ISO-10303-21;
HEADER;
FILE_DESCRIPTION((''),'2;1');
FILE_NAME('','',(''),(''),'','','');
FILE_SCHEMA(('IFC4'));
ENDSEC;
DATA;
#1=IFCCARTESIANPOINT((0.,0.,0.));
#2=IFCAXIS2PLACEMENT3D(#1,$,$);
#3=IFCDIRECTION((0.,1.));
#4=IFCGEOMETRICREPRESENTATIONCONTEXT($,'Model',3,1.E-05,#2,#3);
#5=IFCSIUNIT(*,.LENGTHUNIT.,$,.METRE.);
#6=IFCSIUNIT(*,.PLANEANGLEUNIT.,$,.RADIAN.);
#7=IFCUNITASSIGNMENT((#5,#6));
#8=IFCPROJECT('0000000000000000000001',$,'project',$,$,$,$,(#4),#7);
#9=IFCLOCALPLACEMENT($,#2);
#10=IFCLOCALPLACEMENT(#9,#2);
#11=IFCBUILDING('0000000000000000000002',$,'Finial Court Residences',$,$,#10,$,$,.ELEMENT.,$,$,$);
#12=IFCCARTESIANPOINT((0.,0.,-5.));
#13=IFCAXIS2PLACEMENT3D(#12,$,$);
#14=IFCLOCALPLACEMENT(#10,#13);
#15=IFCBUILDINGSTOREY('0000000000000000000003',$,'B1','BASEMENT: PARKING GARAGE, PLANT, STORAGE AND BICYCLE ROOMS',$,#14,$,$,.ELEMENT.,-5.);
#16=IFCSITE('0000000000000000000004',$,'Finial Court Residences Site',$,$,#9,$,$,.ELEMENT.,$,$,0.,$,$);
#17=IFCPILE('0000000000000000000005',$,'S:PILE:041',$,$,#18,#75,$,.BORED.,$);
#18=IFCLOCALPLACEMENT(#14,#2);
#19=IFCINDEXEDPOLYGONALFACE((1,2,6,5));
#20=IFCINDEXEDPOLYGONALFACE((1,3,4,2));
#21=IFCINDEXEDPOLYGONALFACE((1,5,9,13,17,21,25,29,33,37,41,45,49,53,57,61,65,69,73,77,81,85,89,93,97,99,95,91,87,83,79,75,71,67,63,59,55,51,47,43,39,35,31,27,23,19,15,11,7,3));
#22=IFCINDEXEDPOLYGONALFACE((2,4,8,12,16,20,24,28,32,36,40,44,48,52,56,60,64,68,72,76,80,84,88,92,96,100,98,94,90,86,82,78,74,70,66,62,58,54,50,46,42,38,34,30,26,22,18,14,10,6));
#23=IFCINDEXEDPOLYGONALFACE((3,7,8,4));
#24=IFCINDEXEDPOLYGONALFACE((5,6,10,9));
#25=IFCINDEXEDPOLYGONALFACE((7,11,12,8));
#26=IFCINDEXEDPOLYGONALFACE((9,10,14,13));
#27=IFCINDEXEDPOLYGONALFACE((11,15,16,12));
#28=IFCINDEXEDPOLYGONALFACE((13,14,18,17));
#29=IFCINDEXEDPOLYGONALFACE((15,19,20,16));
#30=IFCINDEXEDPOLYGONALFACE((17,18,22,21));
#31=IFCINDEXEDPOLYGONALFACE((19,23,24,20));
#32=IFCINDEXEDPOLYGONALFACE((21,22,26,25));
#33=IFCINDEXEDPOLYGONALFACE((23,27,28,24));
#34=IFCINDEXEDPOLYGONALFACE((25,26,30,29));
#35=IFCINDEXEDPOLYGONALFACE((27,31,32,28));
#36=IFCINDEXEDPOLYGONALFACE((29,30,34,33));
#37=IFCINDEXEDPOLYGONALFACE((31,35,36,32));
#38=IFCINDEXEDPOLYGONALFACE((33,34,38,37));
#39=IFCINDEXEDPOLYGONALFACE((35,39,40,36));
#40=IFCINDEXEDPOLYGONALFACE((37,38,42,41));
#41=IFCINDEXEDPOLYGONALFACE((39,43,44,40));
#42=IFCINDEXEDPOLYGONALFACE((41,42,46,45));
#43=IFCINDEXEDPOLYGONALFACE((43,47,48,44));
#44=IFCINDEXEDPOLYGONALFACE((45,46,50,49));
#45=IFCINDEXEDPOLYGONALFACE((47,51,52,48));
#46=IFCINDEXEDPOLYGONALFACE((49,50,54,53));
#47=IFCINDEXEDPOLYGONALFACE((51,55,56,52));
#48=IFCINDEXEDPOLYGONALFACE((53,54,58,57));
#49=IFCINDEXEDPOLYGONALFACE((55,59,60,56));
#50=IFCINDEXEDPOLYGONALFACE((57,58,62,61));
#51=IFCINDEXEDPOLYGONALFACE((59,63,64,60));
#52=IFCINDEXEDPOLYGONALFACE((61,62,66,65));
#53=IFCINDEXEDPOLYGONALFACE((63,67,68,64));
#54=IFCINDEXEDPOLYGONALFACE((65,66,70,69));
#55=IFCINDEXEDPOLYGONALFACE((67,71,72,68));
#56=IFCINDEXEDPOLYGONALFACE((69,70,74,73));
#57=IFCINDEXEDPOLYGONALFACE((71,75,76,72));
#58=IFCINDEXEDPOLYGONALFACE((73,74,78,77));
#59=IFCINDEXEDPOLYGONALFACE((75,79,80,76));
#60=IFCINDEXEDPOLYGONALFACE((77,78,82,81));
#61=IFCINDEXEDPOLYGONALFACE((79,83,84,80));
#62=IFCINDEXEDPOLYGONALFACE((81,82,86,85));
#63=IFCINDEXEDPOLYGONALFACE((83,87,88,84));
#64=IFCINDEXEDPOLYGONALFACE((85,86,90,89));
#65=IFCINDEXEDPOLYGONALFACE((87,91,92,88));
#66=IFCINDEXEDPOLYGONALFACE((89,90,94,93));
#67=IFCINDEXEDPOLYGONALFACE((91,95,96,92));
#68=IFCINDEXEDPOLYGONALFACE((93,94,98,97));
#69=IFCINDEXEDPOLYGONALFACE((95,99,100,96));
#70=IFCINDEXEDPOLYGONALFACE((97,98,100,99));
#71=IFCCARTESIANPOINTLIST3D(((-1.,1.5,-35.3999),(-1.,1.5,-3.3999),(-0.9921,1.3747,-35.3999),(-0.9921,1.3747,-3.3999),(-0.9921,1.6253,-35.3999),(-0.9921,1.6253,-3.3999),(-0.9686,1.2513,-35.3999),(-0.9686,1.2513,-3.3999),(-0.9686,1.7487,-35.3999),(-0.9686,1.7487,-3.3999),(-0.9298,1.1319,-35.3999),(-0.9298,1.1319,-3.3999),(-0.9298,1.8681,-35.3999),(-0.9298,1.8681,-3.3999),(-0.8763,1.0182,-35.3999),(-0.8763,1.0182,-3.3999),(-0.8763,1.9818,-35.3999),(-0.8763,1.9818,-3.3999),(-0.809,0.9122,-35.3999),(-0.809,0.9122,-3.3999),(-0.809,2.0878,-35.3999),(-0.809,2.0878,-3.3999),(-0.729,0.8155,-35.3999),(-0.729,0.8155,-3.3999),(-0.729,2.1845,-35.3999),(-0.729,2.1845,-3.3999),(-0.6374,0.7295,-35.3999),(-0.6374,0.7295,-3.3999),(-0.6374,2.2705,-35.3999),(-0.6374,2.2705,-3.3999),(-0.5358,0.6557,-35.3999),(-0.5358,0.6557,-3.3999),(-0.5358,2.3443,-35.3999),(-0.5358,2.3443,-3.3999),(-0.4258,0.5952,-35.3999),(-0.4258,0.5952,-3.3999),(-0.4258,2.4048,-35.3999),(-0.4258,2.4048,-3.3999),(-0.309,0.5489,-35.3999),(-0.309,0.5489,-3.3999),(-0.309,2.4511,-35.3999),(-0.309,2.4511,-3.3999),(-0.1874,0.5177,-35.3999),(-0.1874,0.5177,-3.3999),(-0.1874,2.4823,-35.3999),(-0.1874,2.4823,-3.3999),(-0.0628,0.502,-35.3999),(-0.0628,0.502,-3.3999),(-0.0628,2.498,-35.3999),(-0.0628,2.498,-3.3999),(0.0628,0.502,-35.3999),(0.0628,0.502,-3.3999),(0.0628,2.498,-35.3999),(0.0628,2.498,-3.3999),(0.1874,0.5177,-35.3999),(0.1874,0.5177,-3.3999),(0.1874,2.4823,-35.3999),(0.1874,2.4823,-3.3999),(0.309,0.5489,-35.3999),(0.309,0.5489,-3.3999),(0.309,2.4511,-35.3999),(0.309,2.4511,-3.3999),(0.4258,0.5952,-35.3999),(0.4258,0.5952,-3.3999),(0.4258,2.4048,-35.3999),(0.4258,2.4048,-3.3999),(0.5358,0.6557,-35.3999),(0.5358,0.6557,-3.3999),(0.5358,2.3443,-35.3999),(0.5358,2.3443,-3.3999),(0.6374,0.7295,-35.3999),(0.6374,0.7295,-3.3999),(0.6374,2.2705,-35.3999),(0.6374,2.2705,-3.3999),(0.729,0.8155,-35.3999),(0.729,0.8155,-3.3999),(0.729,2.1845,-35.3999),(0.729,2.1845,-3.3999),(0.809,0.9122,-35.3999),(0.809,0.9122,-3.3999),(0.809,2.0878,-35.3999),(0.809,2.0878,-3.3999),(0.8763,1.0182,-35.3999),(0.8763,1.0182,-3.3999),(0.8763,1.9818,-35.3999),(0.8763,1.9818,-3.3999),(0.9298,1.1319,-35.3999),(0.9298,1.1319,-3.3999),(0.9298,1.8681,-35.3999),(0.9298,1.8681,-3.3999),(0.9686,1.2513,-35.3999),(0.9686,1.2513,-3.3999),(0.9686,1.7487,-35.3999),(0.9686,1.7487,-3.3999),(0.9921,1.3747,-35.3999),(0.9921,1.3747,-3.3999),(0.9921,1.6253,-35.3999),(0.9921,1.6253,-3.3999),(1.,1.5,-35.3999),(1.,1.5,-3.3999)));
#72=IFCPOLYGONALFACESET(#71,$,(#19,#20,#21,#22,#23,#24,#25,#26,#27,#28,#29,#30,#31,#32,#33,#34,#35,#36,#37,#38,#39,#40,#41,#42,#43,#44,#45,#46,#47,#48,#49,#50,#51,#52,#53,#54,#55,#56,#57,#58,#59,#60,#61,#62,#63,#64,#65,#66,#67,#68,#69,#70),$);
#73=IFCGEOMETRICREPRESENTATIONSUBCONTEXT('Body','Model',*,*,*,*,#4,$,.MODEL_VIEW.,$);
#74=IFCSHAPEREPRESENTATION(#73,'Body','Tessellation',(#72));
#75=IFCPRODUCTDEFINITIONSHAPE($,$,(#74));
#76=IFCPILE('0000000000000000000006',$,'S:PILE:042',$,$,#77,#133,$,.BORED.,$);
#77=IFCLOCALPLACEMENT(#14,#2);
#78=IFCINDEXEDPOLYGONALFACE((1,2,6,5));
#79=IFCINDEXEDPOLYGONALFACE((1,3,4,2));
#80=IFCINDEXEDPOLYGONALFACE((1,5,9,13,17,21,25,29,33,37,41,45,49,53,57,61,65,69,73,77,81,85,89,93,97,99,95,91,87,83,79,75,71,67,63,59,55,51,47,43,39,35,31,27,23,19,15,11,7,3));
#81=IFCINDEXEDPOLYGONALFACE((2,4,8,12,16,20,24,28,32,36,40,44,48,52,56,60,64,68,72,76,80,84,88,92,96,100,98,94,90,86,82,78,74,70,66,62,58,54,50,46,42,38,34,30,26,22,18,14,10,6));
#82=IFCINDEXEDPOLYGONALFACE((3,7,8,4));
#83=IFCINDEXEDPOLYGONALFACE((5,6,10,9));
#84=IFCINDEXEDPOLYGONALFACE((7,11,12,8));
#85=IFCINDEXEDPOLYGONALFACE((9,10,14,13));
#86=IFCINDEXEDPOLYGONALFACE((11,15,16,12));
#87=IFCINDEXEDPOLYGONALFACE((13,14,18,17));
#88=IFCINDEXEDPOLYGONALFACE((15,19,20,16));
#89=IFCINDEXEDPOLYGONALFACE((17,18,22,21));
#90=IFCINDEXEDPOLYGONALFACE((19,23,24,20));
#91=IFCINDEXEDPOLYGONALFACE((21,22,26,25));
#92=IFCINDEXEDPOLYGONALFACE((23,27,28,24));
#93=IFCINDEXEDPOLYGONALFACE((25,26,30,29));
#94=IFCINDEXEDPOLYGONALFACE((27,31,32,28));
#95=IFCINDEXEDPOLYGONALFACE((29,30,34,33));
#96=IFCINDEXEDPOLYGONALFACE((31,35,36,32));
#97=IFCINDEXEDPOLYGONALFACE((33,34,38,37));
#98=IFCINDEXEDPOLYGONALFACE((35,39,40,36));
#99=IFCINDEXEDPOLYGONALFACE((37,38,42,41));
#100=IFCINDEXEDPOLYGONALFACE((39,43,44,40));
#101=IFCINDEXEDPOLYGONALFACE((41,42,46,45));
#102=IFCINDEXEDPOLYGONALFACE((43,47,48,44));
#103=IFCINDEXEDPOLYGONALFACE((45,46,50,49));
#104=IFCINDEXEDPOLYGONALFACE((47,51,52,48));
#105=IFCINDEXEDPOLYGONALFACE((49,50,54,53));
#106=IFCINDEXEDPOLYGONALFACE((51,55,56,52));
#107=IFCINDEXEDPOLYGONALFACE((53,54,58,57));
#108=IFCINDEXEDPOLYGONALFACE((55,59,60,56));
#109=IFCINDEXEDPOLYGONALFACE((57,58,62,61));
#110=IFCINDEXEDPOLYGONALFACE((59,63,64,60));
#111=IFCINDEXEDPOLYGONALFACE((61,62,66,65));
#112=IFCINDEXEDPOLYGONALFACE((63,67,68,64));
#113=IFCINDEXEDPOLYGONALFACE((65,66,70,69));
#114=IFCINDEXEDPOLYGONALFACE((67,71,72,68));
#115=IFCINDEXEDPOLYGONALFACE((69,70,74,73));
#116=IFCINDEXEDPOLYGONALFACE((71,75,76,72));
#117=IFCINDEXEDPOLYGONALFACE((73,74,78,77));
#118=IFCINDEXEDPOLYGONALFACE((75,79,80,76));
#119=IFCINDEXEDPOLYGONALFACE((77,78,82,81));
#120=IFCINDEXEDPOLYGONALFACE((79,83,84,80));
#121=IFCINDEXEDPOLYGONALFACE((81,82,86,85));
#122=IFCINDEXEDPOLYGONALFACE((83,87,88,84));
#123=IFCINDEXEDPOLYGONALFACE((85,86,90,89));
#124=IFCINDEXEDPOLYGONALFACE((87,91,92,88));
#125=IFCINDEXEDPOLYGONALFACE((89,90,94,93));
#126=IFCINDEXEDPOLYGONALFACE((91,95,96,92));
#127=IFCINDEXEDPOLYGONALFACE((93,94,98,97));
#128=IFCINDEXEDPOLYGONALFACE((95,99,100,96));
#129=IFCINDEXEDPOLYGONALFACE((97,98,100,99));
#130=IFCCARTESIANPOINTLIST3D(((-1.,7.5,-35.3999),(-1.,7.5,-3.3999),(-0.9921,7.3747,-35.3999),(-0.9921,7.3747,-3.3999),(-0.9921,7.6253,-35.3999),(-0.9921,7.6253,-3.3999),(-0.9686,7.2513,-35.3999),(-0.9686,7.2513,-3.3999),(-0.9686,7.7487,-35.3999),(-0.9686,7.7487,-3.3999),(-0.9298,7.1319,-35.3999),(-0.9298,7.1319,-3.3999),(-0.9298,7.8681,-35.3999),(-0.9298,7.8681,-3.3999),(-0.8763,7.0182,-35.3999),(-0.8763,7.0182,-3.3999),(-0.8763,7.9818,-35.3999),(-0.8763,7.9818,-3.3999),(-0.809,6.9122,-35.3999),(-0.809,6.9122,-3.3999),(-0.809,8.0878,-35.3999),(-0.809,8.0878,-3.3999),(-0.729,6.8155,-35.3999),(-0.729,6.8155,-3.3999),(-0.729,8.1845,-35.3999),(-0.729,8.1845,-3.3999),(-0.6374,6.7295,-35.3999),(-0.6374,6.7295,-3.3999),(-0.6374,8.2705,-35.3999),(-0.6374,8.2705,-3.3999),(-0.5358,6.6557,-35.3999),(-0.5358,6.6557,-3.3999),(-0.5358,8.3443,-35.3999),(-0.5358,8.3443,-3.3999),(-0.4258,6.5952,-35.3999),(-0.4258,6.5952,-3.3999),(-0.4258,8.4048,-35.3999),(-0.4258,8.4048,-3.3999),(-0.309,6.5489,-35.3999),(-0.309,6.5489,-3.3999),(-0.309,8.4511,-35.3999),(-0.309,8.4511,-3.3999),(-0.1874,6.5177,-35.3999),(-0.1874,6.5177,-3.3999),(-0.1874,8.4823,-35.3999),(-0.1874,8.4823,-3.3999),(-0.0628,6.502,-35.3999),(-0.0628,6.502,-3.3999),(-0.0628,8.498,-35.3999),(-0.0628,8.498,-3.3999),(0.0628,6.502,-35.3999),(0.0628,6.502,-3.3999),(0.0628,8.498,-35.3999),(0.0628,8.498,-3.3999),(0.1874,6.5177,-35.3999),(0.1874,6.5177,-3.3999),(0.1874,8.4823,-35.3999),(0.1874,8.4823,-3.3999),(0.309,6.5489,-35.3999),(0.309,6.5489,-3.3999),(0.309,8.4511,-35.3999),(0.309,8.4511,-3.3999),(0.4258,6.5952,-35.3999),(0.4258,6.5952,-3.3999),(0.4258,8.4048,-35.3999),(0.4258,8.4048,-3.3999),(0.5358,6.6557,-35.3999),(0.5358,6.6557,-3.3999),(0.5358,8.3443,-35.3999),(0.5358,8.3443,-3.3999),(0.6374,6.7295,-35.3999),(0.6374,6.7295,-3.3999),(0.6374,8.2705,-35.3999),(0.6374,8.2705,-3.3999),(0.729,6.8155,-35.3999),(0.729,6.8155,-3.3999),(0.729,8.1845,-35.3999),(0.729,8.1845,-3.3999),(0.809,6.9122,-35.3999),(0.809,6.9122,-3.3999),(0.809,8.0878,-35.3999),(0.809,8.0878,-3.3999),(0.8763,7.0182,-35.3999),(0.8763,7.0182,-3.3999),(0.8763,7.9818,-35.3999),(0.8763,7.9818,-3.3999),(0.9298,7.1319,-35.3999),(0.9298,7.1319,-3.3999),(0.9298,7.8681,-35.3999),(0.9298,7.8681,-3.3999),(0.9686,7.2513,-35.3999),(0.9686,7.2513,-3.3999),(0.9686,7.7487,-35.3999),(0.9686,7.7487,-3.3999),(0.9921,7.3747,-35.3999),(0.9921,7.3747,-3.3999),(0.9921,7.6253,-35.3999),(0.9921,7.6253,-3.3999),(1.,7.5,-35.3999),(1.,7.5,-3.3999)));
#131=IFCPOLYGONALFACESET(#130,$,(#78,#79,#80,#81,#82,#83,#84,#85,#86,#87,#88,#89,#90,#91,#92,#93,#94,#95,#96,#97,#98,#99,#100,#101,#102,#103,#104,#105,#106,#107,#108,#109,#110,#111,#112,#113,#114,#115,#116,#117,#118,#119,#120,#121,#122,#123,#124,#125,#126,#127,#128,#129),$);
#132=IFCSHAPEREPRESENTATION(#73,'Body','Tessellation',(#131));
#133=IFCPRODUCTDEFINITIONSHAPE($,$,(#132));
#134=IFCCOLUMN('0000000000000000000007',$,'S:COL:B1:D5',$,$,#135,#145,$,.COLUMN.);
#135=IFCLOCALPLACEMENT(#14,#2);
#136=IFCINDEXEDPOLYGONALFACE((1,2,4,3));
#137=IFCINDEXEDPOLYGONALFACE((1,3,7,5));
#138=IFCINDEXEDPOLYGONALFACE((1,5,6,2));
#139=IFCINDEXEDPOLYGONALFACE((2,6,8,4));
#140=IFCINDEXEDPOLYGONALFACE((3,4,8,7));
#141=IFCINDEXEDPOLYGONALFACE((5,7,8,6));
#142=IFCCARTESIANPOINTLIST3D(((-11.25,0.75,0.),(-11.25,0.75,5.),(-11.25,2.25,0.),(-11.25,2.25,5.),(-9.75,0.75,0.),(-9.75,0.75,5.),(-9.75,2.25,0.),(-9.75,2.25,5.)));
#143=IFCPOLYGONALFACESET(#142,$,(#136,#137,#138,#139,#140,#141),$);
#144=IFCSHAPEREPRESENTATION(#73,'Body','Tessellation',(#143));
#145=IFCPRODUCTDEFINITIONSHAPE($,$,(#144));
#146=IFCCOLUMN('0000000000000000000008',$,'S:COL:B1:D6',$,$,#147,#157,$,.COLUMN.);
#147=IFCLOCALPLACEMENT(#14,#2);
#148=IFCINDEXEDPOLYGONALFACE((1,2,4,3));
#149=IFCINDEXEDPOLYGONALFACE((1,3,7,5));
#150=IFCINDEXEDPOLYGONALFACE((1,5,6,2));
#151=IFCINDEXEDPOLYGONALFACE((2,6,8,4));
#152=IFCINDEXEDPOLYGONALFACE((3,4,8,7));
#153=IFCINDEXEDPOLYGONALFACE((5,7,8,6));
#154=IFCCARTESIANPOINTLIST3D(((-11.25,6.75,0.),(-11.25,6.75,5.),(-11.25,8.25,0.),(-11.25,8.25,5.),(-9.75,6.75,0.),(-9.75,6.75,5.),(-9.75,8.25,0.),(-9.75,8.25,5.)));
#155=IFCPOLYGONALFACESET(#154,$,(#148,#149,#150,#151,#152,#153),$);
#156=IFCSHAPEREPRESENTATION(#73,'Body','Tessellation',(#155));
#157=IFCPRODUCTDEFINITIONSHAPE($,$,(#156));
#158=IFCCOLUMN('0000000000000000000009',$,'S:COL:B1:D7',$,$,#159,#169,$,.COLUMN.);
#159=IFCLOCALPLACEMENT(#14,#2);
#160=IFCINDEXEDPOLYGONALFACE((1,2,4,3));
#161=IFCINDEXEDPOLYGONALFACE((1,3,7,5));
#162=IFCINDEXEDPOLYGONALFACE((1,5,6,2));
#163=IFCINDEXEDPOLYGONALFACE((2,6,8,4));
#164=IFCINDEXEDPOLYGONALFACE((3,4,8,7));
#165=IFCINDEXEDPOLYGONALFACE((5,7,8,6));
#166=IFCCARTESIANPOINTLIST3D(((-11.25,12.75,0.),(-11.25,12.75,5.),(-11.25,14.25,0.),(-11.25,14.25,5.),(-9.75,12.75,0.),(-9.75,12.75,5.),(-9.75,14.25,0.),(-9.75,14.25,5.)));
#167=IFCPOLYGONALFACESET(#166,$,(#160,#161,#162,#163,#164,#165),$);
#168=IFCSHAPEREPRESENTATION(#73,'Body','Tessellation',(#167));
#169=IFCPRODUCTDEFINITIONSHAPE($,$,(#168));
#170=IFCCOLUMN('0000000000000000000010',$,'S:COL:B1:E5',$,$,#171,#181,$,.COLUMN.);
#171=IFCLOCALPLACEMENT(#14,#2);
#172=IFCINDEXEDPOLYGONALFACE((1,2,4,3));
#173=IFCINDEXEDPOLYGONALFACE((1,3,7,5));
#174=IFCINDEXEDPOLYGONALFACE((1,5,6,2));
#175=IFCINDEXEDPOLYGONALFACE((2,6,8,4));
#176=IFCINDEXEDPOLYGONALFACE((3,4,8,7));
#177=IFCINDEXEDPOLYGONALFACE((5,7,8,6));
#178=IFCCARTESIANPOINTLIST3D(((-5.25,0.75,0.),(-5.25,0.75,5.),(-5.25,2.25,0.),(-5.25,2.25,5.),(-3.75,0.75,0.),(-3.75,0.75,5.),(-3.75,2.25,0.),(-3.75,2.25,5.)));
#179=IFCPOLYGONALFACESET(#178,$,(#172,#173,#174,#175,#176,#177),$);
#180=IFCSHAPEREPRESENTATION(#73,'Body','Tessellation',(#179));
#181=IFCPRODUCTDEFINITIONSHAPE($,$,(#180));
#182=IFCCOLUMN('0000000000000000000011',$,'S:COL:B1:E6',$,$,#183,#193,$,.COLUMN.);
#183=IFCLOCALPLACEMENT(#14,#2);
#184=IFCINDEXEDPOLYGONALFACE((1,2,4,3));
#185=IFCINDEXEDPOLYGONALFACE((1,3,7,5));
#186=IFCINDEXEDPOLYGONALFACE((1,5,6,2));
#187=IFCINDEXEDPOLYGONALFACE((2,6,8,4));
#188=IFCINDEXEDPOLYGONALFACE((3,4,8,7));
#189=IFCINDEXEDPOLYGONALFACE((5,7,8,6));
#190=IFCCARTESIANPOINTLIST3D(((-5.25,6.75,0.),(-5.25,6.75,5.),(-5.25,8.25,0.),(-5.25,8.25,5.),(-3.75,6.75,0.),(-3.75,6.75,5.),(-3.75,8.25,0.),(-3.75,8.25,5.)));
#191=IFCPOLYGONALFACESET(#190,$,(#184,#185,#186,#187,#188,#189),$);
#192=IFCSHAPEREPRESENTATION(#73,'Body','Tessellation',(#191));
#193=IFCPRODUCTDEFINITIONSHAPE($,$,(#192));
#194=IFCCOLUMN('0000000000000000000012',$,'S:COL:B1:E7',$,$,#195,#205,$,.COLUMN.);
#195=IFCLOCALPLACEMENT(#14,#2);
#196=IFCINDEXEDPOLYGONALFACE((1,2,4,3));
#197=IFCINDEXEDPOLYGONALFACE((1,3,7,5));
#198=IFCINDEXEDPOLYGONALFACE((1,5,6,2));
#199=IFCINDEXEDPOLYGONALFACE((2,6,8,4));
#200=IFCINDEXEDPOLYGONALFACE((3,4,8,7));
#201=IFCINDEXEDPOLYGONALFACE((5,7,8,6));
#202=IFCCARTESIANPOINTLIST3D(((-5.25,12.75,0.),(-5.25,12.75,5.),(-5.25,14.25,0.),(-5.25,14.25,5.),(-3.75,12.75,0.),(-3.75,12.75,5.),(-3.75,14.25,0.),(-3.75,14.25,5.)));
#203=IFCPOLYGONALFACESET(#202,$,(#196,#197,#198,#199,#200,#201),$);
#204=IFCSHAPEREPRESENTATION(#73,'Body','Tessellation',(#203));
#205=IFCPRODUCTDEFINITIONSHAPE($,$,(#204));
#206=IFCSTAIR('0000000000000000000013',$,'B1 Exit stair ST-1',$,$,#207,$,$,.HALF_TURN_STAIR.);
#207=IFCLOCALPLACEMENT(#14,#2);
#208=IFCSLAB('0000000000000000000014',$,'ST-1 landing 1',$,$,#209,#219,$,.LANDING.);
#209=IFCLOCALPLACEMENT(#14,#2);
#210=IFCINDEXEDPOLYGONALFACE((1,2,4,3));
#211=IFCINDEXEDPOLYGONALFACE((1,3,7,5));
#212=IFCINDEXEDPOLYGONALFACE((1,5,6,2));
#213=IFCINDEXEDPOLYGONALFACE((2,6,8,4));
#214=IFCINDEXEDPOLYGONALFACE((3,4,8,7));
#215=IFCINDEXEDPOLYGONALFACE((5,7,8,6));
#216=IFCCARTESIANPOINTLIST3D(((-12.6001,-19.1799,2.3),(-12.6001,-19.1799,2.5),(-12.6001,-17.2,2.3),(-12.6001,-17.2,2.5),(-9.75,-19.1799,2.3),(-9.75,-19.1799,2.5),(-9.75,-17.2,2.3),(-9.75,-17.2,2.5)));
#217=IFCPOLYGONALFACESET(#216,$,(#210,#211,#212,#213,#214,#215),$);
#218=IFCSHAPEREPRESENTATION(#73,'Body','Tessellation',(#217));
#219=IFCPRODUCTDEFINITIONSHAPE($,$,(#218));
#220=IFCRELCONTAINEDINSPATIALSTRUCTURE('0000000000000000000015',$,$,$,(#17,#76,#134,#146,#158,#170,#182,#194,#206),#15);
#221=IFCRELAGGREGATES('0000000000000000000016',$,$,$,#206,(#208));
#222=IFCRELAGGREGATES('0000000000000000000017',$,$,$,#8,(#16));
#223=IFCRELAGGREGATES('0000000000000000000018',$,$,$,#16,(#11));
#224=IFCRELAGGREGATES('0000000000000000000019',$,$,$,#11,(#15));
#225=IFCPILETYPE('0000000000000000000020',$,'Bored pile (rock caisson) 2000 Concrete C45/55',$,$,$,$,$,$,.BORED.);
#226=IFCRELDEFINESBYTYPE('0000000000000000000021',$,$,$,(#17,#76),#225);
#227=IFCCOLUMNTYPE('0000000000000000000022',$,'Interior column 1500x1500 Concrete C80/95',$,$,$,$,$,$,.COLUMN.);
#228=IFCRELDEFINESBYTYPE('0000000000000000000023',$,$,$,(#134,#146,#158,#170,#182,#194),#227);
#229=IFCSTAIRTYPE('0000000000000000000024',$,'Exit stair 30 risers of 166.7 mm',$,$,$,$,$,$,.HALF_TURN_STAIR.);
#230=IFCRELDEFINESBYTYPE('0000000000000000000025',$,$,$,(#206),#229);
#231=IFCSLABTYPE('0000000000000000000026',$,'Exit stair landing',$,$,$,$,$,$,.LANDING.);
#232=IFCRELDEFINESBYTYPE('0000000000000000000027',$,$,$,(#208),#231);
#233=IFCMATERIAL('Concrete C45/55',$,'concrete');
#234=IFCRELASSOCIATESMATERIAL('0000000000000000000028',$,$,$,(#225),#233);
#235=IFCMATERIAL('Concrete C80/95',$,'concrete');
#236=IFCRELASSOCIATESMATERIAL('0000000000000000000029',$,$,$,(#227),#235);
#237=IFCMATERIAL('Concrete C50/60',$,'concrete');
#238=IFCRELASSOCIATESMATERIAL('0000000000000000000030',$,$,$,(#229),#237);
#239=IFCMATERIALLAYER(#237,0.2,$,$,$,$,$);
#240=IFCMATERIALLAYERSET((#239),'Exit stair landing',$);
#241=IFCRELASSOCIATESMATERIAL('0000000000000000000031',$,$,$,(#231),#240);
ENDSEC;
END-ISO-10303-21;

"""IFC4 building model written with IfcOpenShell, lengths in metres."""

from ifc_helpers import new_model, si_unit, direction, frame, origin, origin_2d, place, context, subcontext, project, spatial, polyline, rectangle, circle, outline, extrude, material, layer, layer_set, material_profile, profile_set, type_object, element, aggregate, save


model = new_model("IFC4")

# Units and contexts
model_context = context("Model", 3, precision=1e-05, world=origin(), true_north=direction((0.0, 1.0)))
body_context = subcontext(model_context, "Body", "Model", "MODEL_VIEW")
ifc_project = project(units=[si_unit("LENGTHUNIT", "METRE"), si_unit("PLANEANGLEUNIT", "RADIAN")], contexts=[model_context])

# Site, building, storey
site_placement = place(None, origin())
site = spatial("IfcSite", under=ifc_project, at=site_placement, Name="Finial Court Residences Site", CompositionType="ELEMENT", RefElevation=0.0)
building_placement = place(site_placement, origin())
building = spatial("IfcBuilding", under=site, at=building_placement, Name="Finial Court Residences", CompositionType="ELEMENT")
storey_placement = place(building_placement, frame((0.0, 0.0, -5.0)))
storey = spatial("IfcBuildingStorey", under=building, at=storey_placement, Name="B1", Description="BASEMENT: PARKING GARAGE, PLANT, STORAGE AND BICYCLE ROOMS", CompositionType="ELEMENT", Elevation=-5.0)

# Piles
ifc_material_1 = material(Name="Concrete C45/55", Category="concrete")
ifc_material_profile_1 = material_profile(ifc_material_1, circle(Radius=1.0, at=origin_2d()), Name="D2000")
ifc_profile_set_1 = profile_set([ifc_material_profile_1], Name="Concrete C45/55")
pile_type = type_object("IfcPileType", Name="Bored pile (rock caisson) 2000 Concrete C45/55", PredefinedType="BORED", material=ifc_profile_set_1)
for number, where, z_axis, x_axis, name in (
    (1, (0.0, 1.5, -3.3999), (0.0, 0.0, -1.0), (1.0, 0.0, 0.0), "S:PILE:041"),
    (2, (0.0, 7.5, -3.3999), (0.0, 0.0, -1.0), (1.0, 0.0, 0.0), "S:PILE:042"),
):
    element("IfcPile", number, at=place(storey_placement, frame(where, z_axis=z_axis, x_axis=x_axis)), inside=storey, type_object=pile_type, Name=name, PredefinedType="BORED", context=body_context, shape_type="SweptSolid", body=[
        extrude(circle(Radius=1.0, at=origin_2d()), origin(), (0.0, 0.0, 1.0), 32.0),
    ])

# Columns
ifc_material_2 = material(Name="Concrete C80/95", Category="concrete")
ifc_material_profile_2 = material_profile(ifc_material_2, rectangle(XDim=1.5, YDim=1.5, at=origin_2d()), Name="1500x1500")
ifc_profile_set_2 = profile_set([ifc_material_profile_2], Name="Concrete C80/95")
column_type = type_object("IfcColumnType", Name="Interior column 1500x1500 Concrete C80/95", PredefinedType="COLUMN", material=ifc_profile_set_2)
for number, where, z_axis, x_axis, name in (
    (3, (-10.5, 1.5, 0.0), (0.0, 0.0, 1.0), (1.0, 0.0, 0.0), "S:COL:B1:D5"),
    (4, (-10.5, 7.5, 0.0), (0.0, 0.0, 1.0), (1.0, 0.0, 0.0), "S:COL:B1:D6"),
    (5, (-10.5, 13.5, 0.0), (0.0, 0.0, 1.0), (1.0, 0.0, 0.0), "S:COL:B1:D7"),
    (6, (-4.5, 1.5, 0.0), (0.0, 0.0, 1.0), (1.0, 0.0, 0.0), "S:COL:B1:E5"),
    (7, (-4.5, 7.5, 0.0), (0.0, 0.0, 1.0), (1.0, 0.0, 0.0), "S:COL:B1:E6"),
    (8, (-4.5, 13.5, 0.0), (0.0, 0.0, 1.0), (1.0, 0.0, 0.0), "S:COL:B1:E7"),
):
    element("IfcColumn", number, at=place(storey_placement, frame(where, z_axis=z_axis, x_axis=x_axis)), inside=storey, type_object=column_type, Name=name, PredefinedType="COLUMN", context=body_context, shape_type="SweptSolid", body=[
        extrude(rectangle(XDim=1.5, YDim=1.5, at=origin_2d()), origin(), (0.0, 0.0, 1.0), 5.0),
    ])

# Stair, slab
ifc_material_3 = material(Name="Concrete C50/60", Category="concrete")
stair_type = type_object("IfcStairType", Name="Exit stair 30 risers of 166.7 mm", PredefinedType="HALF_TURN_STAIR", material=ifc_material_3)
stair_1_placement = place(storey_placement, origin())
stair_1 = element("IfcStair", 9, at=stair_1_placement, inside=storey, type_object=stair_type, Name="B1 Exit stair ST-1", PredefinedType="HALF_TURN_STAIR")
ifc_layer_1 = layer(ifc_material_3, 0.2)
ifc_layer_set_1 = layer_set([ifc_layer_1], Name="Exit stair landing")
slab_type_1 = type_object("IfcSlabType", Name="Exit stair landing", PredefinedType="LANDING", material=ifc_layer_set_1)
slab_1_placement = place(storey_placement, frame((0.0, 0.0, 2.3)))
slab_1 = element("IfcSlab", 10, at=slab_1_placement, type_object=slab_type_1, Name="ST-1 landing 1", PredefinedType="LANDING", context=body_context, shape_type="SweptSolid", body=[
    extrude(outline(polyline([(-9.75, -19.1799), (-9.75, -17.2), (-12.6001, -17.2), (-12.6001, -19.1799), (-9.75, -19.1799)])), origin(), (0.0, 0.0, 1.0), 0.2),
])
aggregate(stair_1, [slab_1])

save(model, "model.ifc")
